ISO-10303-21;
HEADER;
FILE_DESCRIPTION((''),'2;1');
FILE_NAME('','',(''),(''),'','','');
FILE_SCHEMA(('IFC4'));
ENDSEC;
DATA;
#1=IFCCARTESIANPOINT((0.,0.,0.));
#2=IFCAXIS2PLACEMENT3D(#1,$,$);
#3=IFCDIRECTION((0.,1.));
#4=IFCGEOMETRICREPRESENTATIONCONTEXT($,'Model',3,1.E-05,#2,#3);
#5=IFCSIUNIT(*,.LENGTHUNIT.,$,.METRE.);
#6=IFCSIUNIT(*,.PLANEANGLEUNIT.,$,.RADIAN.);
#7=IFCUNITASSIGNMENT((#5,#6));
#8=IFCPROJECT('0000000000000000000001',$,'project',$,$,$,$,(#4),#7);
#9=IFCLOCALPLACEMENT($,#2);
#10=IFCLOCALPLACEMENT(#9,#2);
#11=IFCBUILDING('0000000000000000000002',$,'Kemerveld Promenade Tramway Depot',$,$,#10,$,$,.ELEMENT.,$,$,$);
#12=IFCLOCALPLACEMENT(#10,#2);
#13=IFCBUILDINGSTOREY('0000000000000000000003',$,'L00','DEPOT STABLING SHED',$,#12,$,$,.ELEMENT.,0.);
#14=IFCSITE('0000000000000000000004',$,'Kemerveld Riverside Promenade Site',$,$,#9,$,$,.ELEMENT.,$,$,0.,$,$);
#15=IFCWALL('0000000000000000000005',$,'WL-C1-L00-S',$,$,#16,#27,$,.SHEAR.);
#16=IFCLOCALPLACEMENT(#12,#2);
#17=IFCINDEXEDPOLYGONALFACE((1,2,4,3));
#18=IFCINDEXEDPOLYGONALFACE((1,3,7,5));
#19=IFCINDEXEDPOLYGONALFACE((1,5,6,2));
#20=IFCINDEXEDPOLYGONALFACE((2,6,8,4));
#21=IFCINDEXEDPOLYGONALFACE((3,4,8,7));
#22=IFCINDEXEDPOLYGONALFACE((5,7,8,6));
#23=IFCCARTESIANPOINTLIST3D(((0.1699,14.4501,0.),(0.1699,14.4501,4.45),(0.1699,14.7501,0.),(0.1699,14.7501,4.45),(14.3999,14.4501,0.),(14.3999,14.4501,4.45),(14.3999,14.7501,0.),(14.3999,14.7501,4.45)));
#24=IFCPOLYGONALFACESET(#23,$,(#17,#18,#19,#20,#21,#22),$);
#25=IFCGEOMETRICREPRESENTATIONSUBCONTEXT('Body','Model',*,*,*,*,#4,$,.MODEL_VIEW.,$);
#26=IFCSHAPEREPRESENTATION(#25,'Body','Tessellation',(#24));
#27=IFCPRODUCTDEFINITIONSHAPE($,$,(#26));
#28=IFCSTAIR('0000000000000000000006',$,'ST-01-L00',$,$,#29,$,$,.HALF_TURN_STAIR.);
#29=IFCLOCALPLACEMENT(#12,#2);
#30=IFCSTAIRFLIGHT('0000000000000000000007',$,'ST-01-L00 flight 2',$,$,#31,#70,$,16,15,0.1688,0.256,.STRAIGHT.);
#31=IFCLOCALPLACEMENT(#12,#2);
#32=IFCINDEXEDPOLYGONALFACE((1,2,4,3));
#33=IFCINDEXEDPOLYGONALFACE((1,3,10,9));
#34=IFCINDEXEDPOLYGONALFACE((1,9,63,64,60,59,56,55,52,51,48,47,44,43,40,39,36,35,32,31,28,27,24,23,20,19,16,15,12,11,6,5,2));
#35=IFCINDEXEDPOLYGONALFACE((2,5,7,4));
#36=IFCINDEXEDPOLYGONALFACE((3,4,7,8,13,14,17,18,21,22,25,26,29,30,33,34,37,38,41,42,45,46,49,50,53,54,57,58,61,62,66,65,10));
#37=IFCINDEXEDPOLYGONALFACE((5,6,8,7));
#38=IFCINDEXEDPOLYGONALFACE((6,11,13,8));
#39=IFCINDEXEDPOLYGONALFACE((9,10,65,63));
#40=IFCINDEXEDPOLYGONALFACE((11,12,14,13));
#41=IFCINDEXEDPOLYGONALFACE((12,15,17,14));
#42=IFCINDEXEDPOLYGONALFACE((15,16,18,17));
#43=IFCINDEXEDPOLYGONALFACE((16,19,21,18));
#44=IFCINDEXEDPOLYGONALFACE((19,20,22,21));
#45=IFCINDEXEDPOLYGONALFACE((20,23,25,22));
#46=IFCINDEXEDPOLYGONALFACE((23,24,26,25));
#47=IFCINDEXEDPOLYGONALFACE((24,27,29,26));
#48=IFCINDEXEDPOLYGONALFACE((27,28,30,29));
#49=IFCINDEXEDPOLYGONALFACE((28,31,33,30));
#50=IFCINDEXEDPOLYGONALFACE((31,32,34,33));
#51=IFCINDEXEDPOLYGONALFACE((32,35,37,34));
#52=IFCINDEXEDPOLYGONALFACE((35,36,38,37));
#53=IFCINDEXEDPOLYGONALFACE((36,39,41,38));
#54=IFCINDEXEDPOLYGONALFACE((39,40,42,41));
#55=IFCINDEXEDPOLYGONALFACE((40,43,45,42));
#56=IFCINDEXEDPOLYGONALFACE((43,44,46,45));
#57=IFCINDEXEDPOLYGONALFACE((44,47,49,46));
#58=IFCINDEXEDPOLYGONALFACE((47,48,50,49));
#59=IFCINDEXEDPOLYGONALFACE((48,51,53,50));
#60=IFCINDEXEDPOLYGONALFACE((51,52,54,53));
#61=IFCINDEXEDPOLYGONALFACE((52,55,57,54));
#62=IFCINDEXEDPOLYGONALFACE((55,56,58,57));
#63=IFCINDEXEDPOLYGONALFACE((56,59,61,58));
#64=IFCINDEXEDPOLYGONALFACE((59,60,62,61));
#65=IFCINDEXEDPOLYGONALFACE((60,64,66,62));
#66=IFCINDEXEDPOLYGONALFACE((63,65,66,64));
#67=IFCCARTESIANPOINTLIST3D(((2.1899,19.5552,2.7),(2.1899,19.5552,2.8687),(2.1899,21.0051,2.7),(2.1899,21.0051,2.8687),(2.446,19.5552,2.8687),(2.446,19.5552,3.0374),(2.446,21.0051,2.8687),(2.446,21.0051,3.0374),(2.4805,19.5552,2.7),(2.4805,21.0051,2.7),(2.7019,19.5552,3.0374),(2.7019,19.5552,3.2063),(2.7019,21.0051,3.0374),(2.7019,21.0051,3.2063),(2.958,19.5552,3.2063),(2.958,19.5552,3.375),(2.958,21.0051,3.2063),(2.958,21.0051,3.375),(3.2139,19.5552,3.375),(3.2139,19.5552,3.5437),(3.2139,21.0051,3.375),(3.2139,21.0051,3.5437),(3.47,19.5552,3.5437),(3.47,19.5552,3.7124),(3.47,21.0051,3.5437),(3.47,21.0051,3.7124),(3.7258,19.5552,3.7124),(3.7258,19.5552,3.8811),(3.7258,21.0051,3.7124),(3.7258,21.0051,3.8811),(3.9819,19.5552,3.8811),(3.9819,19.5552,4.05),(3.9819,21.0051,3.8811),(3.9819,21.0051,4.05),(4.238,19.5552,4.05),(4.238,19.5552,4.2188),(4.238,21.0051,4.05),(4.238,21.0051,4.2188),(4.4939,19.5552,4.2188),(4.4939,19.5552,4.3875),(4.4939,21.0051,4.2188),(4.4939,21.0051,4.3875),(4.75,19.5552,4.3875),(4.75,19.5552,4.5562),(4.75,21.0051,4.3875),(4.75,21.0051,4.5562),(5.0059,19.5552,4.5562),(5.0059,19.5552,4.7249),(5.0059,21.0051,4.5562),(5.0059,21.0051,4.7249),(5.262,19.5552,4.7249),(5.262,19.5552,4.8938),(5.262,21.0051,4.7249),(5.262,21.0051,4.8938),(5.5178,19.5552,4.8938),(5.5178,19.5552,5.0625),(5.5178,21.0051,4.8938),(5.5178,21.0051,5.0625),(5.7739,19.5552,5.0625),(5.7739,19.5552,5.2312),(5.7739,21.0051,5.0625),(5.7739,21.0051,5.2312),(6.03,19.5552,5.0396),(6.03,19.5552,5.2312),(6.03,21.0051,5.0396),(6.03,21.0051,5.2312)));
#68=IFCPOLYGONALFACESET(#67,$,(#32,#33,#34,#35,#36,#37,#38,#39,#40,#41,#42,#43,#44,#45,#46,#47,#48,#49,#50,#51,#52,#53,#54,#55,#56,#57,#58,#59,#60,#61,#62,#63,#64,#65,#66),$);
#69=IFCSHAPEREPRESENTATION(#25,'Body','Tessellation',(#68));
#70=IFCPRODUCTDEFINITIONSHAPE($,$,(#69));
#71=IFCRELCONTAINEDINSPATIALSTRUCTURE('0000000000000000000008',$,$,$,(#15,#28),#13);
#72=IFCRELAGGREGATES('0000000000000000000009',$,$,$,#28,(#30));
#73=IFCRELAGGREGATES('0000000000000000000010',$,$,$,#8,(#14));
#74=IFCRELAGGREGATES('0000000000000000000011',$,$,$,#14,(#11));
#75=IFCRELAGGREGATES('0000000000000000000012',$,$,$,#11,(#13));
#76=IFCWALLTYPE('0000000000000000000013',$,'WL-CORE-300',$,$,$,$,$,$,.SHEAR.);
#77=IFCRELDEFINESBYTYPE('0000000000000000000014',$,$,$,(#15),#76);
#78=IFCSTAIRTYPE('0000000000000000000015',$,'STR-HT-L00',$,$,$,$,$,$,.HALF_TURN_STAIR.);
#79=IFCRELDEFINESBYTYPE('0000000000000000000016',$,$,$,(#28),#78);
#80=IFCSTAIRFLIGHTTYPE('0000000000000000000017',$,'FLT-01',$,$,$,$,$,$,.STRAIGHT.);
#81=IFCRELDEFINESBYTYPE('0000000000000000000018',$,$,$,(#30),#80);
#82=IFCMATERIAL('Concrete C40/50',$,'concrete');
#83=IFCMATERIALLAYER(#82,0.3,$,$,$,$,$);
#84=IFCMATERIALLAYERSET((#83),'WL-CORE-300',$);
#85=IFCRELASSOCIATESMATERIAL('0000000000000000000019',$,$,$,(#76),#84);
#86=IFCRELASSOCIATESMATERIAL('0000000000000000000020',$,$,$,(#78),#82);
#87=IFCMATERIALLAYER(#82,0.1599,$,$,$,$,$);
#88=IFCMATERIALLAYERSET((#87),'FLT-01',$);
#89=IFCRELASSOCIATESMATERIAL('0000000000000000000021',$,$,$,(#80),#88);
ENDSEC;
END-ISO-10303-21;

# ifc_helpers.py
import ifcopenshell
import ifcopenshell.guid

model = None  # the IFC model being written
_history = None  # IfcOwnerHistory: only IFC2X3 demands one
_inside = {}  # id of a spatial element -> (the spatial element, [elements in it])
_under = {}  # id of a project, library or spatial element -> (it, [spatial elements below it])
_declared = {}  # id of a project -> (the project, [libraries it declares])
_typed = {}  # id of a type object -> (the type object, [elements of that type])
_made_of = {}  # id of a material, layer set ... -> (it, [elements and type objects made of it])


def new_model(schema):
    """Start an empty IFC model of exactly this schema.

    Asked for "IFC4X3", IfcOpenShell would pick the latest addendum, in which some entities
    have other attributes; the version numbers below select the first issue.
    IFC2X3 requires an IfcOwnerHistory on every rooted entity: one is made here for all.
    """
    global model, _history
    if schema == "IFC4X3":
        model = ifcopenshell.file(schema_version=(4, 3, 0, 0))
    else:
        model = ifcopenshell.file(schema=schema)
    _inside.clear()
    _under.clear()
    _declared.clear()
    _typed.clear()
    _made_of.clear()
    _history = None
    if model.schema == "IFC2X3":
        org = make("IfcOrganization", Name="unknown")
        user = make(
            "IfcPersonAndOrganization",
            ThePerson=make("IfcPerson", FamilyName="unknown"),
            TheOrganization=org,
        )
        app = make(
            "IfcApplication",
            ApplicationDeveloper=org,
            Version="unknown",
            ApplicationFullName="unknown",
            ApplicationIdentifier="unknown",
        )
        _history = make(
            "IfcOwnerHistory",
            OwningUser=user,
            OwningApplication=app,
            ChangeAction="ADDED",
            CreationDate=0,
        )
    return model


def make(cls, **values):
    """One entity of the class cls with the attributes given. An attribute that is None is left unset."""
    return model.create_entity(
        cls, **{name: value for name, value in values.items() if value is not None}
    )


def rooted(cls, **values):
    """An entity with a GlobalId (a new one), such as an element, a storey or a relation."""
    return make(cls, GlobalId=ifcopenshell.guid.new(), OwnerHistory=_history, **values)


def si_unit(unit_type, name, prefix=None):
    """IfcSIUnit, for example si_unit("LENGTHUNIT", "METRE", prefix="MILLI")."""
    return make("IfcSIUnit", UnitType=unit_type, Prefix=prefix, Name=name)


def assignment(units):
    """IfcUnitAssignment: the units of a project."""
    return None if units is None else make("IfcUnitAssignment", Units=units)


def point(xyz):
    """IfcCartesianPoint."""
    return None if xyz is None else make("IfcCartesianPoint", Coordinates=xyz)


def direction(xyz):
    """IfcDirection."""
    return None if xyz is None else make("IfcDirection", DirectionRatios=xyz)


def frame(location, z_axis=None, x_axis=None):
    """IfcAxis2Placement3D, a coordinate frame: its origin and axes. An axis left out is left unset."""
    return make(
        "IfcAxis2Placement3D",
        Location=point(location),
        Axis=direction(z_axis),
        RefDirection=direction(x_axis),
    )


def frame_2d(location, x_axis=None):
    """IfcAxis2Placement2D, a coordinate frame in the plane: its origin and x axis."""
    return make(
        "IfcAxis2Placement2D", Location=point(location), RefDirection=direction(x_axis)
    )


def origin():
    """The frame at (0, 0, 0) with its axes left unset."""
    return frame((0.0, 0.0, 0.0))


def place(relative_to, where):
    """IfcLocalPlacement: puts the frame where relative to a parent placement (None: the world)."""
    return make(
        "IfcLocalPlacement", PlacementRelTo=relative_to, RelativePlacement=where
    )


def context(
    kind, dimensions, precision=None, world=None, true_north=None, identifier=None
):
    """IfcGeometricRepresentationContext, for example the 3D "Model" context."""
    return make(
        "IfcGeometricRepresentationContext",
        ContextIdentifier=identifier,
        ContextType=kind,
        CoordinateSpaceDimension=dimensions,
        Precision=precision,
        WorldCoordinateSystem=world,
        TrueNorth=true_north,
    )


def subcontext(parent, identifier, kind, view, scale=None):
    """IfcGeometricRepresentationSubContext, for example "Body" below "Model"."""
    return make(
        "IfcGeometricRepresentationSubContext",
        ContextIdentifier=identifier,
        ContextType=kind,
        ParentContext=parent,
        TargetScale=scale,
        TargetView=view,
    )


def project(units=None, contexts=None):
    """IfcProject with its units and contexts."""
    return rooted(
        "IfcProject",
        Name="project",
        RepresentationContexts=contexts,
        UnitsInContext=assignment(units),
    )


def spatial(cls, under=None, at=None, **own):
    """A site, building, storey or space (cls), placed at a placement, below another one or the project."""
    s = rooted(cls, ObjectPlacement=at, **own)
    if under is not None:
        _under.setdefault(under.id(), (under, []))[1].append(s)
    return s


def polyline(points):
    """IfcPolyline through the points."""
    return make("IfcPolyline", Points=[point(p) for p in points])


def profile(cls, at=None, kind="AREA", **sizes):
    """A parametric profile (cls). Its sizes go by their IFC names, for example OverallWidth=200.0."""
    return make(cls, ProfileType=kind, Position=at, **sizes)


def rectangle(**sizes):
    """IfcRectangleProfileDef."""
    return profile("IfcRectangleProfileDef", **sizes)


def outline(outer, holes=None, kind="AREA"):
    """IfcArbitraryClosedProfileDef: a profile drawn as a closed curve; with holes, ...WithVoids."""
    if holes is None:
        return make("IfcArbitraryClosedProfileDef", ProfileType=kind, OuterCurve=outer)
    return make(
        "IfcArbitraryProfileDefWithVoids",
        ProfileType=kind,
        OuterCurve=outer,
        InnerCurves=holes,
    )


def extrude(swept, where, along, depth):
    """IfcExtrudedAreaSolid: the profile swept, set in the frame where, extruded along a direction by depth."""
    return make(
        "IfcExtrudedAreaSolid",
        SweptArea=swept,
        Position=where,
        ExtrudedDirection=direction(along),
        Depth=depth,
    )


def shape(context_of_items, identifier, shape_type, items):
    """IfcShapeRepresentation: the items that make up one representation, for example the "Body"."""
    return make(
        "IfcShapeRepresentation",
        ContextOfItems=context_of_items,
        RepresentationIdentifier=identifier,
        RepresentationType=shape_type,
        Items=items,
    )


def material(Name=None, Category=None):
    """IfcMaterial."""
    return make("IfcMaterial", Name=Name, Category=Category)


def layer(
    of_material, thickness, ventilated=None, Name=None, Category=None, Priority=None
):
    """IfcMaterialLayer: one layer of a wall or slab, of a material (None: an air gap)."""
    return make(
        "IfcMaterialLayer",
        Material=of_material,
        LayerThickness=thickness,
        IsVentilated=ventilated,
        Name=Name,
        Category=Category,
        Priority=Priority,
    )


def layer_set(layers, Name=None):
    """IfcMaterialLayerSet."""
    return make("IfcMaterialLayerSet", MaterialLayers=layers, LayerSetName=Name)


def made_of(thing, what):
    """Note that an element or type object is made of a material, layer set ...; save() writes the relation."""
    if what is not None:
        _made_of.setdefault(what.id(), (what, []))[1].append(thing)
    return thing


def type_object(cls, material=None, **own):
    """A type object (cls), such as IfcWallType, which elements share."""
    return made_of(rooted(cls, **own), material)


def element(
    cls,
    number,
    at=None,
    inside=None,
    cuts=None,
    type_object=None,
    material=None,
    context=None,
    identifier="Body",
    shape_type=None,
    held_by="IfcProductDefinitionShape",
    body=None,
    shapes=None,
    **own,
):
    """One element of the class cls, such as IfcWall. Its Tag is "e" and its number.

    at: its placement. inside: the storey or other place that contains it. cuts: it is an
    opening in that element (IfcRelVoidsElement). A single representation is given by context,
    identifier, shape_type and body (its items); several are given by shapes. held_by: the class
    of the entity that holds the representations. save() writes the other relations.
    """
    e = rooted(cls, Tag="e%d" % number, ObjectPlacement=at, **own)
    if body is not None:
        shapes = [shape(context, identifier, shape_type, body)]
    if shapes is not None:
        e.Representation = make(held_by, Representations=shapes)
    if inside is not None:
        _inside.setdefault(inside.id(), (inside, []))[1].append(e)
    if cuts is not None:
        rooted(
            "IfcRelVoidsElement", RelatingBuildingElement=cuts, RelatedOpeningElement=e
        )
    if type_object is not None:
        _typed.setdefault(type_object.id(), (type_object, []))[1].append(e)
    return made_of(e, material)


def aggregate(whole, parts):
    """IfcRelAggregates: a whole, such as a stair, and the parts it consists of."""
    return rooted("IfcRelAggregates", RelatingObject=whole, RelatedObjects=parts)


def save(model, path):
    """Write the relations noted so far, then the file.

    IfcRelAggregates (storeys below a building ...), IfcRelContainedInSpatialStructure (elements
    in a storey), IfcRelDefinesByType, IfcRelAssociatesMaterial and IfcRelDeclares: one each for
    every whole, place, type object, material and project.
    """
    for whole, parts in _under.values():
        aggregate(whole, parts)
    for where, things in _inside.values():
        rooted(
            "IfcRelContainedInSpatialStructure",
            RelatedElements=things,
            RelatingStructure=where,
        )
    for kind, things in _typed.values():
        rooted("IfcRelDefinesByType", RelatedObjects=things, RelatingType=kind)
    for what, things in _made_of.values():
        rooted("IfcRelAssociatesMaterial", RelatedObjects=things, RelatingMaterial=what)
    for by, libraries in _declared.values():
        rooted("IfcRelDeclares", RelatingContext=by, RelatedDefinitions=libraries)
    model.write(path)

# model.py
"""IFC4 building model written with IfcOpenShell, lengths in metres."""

from ifc_helpers import new_model, si_unit, direction, frame, frame_2d, origin, place, context, subcontext, project, spatial, polyline, rectangle, outline, extrude, material, layer, layer_set, type_object, element, aggregate, save


model = new_model("IFC4")

# Units and contexts
model_context = context("Model", 3, precision=1e-05, world=origin(), true_north=direction((0.0, 1.0)))
body_context = subcontext(model_context, "Body", "Model", "MODEL_VIEW")
ifc_project = project(units=[si_unit("LENGTHUNIT", "METRE"), si_unit("PLANEANGLEUNIT", "RADIAN")], contexts=[model_context])

# Site, building, storey
site_placement = place(None, origin())
site = spatial("IfcSite", under=ifc_project, at=site_placement, Name="Kemerveld Riverside Promenade Site", CompositionType="ELEMENT", RefElevation=0.0)
building_placement = place(site_placement, origin())
building = spatial("IfcBuilding", under=site, at=building_placement, Name="Kemerveld Promenade Tramway Depot", CompositionType="ELEMENT")
storey_placement = place(building_placement, origin())
storey = spatial("IfcBuildingStorey", under=building, at=storey_placement, Name="L00", Description="DEPOT STABLING SHED", CompositionType="ELEMENT", Elevation=0.0)

# Wall
ifc_material_1 = material(Name="Concrete C40/50", Category="concrete")
ifc_layer_1 = layer(ifc_material_1, 0.3)
ifc_layer_set_1 = layer_set([ifc_layer_1], Name="WL-CORE-300")
wall_type_1 = type_object("IfcWallType", Name="WL-CORE-300", PredefinedType="SHEAR", material=ifc_layer_set_1)
wall_1_placement = place(storey_placement, frame((0.1699, 14.6001, 0.0), z_axis=(0.0, 0.0, 1.0), x_axis=(1.0, 0.0, 0.0)))
element("IfcWall", 1, at=wall_1_placement, inside=storey, type_object=wall_type_1, Name="WL-C1-L00-S", PredefinedType="SHEAR", context=body_context, shape_type="SweptSolid", body=[
    extrude(rectangle(XDim=14.23, YDim=0.3, at=frame_2d((7.115, 0.0))), origin(), (0.0, 0.0, 1.0), 4.45),
])

# Stair, stair flight
stair_type = type_object("IfcStairType", Name="STR-HT-L00", PredefinedType="HALF_TURN_STAIR", material=ifc_material_1)
stair_placement = place(storey_placement, origin())
stair = element("IfcStair", 2, at=stair_placement, inside=storey, type_object=stair_type, Name="ST-01-L00", PredefinedType="HALF_TURN_STAIR")
ifc_layer_2 = layer(ifc_material_1, 0.1599)
ifc_layer_set_2 = layer_set([ifc_layer_2], Name="FLT-01")
stair_flight_type = type_object("IfcStairFlightType", Name="FLT-01", PredefinedType="STRAIGHT", material=ifc_layer_set_2)
stair_flight_placement = place(storey_placement, frame((2.1899, 20.28, 2.7), z_axis=(0.0, 0.0, 1.0), x_axis=(1.0, 0.0, 0.0)))
stair_flight = element("IfcStairFlight", 3, at=stair_flight_placement, type_object=stair_flight_type, Name="ST-01-L00 flight 2", NumberOfRisers=16, NumberOfTreads=15, PredefinedType="STRAIGHT", RiserHeight=0.1688, TreadLength=0.256, context=body_context, shape_type="SweptSolid", body=[
    extrude(outline(polyline([(0.0, 0.0), (0.0, 0.1687), (0.2561, 0.1687), (0.2561, 0.3374), (0.512, 0.3374), (0.512, 0.5063), (0.7681, 0.5063), (0.7681, 0.675), (1.0239, 0.675), (1.0239, 0.8438), (1.28, 0.8438), (1.28, 1.0125), (1.5359, 1.0125), (1.5359, 1.1812), (1.792, 1.1812), (1.792, 1.3501), (2.0481, 1.3501), (2.0481, 1.5188), (2.304, 1.5188), (2.304, 1.6875), (2.5601, 1.6875), (2.5601, 1.8562), (2.8159, 1.8562), (2.8159, 2.0249), (3.072, 2.0249), (3.072, 2.1938), (3.3279, 2.1938), (3.3279, 2.3625), (3.584, 2.3625), (3.584, 2.5312), (3.8401, 2.5312), (3.8401, 2.7), (3.8401, 2.3396), (0.2905, 0.0), (0.0, 0.0)])), frame((0.0, 0.7251, 0.0), z_axis=(0.0, -1.0, 0.0), x_axis=(1.0, 0.0, 0.0)), (0.0, 0.0, 1.0), 1.45),
])
aggregate(stair, [stair_flight])

save(model, "model.ifc")
